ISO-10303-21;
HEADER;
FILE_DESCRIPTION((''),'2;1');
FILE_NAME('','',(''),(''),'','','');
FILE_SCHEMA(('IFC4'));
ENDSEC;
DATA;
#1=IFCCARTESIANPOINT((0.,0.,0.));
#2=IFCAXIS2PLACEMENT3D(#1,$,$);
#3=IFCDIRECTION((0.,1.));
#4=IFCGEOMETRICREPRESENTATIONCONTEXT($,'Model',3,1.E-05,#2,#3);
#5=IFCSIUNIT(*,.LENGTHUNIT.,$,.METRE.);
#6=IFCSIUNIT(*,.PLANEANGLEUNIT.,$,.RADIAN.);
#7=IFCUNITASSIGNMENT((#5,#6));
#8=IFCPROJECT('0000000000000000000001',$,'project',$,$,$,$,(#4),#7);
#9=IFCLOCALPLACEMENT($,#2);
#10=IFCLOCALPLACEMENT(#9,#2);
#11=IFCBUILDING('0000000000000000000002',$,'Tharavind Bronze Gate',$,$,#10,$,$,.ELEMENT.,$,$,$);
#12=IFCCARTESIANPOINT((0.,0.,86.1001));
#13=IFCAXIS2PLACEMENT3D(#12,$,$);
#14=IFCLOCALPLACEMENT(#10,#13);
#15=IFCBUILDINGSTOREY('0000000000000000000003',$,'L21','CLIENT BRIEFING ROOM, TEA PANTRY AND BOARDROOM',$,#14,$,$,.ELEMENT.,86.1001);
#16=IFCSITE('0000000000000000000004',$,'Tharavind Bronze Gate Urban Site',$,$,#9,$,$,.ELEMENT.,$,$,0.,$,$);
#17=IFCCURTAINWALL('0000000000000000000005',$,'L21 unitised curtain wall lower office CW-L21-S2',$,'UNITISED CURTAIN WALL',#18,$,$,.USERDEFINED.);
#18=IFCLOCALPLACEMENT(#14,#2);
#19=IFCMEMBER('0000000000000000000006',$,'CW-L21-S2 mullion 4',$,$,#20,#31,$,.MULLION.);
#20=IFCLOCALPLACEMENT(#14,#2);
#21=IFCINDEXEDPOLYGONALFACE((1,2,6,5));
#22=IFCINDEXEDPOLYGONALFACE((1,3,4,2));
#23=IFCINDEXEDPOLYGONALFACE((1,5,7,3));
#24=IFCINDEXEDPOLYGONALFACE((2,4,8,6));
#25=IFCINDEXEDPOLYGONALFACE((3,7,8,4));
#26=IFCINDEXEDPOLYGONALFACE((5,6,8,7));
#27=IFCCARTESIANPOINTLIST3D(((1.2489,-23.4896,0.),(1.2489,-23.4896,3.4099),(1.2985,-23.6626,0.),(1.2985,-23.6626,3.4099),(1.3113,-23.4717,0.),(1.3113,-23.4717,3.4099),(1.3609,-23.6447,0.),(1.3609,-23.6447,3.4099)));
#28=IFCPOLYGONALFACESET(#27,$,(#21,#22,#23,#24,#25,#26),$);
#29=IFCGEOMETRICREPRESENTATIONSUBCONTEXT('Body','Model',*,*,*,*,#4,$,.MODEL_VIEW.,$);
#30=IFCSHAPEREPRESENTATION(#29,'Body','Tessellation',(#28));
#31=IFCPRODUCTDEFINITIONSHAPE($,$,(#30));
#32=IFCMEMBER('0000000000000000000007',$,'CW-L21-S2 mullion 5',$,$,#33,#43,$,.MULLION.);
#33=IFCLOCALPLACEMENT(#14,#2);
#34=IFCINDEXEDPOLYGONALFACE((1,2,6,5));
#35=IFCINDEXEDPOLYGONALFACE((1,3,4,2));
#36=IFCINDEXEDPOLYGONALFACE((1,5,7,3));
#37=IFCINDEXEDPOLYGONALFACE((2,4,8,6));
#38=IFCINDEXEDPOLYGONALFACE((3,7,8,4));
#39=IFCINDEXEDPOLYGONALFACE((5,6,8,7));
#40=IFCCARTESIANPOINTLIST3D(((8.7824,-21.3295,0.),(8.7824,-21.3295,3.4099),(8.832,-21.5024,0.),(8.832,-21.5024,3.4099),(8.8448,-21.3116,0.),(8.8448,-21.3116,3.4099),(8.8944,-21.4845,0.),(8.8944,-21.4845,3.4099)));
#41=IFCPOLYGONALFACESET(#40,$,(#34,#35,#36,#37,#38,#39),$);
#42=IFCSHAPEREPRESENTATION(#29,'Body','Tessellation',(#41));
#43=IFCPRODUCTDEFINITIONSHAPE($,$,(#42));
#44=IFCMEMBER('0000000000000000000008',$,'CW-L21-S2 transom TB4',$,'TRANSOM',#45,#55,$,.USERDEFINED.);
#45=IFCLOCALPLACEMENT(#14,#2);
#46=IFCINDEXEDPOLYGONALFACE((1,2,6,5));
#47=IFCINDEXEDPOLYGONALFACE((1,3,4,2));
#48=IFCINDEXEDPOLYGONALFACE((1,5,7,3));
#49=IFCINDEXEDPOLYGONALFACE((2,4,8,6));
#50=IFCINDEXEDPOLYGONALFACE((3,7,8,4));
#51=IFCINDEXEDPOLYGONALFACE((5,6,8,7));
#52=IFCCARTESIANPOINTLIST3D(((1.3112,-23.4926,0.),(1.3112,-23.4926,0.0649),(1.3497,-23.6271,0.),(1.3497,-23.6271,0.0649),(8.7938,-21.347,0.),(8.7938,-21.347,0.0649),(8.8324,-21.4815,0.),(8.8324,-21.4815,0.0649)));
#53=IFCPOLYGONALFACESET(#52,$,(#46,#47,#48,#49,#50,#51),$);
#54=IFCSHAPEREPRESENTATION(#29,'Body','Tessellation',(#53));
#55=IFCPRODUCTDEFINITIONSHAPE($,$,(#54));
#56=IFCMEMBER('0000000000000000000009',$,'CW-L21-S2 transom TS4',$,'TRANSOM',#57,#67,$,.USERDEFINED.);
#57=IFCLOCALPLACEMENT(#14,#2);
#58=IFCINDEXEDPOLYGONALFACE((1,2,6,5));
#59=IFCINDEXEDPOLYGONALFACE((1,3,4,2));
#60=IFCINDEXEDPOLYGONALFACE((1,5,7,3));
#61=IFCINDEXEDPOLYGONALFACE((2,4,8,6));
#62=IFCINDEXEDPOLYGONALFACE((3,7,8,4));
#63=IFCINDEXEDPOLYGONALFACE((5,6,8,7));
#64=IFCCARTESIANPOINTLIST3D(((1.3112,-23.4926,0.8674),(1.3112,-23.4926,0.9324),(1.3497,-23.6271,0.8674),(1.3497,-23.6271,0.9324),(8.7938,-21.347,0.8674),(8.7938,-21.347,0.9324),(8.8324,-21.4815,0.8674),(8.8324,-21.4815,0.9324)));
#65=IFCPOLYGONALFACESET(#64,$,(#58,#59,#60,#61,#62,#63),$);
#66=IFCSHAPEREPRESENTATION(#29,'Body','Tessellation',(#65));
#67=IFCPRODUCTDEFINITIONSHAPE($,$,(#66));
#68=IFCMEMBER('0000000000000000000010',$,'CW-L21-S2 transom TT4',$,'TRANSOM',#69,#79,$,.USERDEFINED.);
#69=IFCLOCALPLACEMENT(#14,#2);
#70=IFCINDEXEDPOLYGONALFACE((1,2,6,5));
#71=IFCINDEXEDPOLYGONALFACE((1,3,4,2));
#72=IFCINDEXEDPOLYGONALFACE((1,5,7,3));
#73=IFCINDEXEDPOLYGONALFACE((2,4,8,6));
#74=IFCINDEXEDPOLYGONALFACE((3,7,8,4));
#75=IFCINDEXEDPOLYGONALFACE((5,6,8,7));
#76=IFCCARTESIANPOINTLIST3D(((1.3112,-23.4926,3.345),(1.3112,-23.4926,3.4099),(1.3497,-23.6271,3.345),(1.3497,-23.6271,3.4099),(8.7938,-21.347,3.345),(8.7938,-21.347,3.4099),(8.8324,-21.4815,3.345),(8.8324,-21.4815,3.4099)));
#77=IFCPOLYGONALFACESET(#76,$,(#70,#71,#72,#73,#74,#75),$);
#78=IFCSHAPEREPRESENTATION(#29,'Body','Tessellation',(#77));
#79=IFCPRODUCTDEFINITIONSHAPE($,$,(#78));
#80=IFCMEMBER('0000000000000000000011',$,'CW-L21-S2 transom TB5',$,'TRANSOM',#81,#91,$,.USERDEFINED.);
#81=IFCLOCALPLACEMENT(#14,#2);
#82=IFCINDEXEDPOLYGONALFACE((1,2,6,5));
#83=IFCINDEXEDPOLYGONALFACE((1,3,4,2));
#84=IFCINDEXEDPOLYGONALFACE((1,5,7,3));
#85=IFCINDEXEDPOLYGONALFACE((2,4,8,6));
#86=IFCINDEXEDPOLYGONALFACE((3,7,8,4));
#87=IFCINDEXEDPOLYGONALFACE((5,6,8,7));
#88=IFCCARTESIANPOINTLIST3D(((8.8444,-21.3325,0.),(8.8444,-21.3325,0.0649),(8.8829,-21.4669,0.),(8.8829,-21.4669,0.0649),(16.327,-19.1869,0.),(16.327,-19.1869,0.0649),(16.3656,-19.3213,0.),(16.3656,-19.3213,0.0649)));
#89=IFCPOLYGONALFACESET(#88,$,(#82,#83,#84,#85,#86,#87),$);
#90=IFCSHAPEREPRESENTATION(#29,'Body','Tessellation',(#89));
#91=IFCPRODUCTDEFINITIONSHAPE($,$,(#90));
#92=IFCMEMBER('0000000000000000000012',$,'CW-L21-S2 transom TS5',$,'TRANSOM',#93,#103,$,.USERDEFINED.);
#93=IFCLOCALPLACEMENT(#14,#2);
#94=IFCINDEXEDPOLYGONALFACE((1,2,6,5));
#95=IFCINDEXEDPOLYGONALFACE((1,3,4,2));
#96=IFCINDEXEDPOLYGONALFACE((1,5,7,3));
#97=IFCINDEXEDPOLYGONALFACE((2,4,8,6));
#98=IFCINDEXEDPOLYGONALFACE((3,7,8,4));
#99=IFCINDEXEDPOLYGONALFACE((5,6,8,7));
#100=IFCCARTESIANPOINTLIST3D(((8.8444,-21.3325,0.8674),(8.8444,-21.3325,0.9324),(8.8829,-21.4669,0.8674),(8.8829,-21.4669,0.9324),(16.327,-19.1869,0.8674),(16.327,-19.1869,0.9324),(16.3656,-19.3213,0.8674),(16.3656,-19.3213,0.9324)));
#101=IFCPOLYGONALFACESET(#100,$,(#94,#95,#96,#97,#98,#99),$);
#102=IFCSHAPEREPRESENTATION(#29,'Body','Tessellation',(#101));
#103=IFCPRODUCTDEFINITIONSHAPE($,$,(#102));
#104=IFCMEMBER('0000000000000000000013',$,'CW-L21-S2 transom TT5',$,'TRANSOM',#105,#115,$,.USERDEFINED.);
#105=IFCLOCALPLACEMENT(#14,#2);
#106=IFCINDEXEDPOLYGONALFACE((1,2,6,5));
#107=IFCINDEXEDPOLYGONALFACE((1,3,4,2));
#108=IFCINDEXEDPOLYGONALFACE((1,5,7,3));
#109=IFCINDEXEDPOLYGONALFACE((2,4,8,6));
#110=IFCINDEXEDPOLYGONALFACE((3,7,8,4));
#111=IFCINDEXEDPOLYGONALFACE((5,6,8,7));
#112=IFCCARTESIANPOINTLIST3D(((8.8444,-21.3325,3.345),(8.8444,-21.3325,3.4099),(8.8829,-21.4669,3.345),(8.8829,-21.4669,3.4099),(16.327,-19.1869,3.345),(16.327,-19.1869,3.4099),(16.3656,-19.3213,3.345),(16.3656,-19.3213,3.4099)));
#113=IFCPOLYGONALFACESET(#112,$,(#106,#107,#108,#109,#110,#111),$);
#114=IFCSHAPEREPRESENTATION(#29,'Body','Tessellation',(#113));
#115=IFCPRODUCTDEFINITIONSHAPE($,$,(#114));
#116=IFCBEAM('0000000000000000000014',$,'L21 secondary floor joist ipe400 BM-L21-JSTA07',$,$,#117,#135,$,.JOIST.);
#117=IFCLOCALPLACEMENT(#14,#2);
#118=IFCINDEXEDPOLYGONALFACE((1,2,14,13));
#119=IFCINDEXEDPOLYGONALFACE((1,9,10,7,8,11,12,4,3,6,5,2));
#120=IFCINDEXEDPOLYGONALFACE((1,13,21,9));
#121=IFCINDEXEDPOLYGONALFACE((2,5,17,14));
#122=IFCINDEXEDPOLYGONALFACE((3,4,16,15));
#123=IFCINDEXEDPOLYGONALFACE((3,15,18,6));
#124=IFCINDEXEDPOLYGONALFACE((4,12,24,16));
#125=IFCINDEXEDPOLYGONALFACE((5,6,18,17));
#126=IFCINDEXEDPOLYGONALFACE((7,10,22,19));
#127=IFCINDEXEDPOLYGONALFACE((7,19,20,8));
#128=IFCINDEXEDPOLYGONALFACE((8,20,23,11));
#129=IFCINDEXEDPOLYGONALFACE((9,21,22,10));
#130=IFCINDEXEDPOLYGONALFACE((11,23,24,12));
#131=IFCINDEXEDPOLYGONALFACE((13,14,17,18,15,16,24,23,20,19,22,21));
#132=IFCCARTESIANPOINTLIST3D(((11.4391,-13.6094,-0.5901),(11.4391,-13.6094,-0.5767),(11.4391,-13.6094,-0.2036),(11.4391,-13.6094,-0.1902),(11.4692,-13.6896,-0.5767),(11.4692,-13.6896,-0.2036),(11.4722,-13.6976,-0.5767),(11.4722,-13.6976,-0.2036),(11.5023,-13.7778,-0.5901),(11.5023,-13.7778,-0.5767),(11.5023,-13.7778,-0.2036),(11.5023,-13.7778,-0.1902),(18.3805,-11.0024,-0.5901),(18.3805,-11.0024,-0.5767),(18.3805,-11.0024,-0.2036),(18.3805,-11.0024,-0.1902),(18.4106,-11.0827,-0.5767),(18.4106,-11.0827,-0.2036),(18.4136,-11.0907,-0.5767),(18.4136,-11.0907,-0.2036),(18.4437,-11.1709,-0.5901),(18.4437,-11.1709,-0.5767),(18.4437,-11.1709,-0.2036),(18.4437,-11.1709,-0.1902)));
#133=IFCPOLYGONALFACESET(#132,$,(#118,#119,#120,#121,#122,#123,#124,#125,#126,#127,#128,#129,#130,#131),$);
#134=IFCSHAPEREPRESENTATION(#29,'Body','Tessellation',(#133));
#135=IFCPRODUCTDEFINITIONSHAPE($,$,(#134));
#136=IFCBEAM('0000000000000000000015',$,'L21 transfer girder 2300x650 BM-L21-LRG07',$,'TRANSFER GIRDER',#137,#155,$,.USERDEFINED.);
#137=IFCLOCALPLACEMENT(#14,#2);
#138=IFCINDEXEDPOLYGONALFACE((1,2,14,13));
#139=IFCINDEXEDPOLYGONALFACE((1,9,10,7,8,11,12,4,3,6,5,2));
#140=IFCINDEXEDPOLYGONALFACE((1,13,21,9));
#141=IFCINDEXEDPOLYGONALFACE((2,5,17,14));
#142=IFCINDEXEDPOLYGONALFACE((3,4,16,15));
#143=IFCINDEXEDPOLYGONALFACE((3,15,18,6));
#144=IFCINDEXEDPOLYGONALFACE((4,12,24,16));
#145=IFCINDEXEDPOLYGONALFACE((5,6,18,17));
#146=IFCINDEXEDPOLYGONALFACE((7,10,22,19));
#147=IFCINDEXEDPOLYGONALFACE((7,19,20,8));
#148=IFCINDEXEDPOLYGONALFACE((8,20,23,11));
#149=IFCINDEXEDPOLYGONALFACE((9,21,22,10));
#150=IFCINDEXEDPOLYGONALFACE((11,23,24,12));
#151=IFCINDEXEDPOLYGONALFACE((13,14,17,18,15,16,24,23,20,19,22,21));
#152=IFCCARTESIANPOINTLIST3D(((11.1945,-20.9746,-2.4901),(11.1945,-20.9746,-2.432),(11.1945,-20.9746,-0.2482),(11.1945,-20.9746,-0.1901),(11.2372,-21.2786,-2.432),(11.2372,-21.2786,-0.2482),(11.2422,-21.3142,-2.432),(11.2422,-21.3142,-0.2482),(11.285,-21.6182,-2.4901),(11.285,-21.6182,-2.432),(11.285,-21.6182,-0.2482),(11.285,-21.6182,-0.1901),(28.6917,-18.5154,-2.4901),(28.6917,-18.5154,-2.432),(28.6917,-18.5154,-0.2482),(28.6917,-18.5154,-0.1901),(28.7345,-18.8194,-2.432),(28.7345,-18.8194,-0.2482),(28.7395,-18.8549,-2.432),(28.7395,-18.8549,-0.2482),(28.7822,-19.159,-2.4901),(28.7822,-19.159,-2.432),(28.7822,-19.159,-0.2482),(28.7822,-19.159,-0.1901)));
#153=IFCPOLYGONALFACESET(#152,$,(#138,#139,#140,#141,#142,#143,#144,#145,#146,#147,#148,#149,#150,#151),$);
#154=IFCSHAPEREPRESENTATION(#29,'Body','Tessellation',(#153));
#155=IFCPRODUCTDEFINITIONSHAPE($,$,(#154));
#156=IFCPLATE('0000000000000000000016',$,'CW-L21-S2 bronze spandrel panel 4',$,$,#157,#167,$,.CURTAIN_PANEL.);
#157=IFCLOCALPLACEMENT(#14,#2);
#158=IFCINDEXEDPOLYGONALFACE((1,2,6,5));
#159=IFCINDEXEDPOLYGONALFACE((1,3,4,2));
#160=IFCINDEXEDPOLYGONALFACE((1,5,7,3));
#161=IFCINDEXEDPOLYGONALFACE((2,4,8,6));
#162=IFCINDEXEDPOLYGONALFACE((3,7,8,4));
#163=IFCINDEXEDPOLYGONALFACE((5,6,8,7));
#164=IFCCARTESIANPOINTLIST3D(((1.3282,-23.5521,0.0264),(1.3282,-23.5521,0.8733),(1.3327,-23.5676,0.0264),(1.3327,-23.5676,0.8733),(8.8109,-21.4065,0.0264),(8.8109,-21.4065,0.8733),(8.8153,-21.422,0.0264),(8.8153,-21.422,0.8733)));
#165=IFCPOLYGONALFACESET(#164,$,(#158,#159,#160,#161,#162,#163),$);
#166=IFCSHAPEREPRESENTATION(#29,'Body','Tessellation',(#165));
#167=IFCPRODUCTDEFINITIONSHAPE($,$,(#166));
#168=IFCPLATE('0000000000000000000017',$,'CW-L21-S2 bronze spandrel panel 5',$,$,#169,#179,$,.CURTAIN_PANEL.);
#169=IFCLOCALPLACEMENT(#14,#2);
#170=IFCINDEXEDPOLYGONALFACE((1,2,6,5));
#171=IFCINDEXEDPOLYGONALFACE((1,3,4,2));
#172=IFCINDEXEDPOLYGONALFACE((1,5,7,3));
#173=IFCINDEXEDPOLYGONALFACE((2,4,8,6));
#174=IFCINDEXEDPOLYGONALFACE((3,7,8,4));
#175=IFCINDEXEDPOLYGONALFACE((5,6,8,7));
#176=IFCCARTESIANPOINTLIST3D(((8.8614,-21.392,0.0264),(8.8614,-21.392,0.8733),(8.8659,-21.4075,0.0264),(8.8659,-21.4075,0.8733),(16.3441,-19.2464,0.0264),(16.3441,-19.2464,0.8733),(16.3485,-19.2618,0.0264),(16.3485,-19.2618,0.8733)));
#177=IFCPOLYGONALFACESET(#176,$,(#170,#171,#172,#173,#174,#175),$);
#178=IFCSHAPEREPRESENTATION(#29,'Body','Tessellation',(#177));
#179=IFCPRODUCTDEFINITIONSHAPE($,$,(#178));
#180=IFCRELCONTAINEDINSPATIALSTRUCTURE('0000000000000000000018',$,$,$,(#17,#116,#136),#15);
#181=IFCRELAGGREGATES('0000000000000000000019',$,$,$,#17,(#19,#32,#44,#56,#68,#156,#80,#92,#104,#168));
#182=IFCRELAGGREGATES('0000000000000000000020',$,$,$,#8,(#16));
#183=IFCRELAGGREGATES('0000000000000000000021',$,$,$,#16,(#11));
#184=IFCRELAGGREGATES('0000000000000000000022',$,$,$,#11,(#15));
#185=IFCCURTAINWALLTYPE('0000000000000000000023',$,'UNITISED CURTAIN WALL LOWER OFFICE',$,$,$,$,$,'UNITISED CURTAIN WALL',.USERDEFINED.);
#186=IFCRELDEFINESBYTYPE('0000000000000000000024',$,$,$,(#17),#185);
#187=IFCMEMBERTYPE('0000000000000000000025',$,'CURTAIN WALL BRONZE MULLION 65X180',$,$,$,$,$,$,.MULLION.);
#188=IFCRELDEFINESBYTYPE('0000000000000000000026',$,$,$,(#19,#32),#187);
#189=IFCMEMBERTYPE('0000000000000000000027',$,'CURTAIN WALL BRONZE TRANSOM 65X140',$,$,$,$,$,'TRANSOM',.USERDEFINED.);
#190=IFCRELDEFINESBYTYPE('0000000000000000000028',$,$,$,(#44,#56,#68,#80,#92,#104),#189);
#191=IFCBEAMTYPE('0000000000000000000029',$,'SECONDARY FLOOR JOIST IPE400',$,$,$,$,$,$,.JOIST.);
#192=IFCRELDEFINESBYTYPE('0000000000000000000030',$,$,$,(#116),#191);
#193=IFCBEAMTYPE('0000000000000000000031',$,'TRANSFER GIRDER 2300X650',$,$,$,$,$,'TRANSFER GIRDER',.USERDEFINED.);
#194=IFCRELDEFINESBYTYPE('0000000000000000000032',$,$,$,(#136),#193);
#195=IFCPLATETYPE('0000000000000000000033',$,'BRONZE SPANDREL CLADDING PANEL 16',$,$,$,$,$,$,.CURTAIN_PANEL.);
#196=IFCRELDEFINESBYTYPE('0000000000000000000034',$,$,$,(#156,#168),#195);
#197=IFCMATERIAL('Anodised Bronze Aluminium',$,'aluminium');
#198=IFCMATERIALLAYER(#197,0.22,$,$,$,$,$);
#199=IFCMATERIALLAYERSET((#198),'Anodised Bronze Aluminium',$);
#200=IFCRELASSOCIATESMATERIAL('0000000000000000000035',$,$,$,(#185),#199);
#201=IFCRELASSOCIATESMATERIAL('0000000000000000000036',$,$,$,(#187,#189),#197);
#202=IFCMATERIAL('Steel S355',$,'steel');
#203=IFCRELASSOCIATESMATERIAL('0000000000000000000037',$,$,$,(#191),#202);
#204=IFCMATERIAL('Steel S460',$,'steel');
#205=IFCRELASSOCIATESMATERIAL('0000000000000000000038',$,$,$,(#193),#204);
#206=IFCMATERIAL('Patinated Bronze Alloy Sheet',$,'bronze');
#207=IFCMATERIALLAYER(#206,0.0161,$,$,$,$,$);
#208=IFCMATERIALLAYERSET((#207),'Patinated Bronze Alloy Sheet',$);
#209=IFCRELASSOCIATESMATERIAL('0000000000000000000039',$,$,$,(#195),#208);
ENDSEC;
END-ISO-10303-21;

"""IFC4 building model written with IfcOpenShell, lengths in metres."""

from ifc_helpers import new_model, si_unit, direction, frame, origin, origin_2d, place, context, subcontext, project, spatial, rectangle, i_section, extrude, material, layer, layer_set, material_profile, profile_set, type_object, element, aggregate, save


model = new_model("IFC4")

# Units and contexts
model_context = context("Model", 3, precision=1e-05, world=origin(), true_north=direction((0.0, 1.0)))
body_context = subcontext(model_context, "Body", "Model", "MODEL_VIEW")
ifc_project = project(units=[si_unit("LENGTHUNIT", "METRE"), si_unit("PLANEANGLEUNIT", "RADIAN")], contexts=[model_context])

# Site, building, storey
site_placement = place(None, origin())
site = spatial("IfcSite", under=ifc_project, at=site_placement, Name="Tharavind Bronze Gate Urban Site", CompositionType="ELEMENT", RefElevation=0.0)
building_placement = place(site_placement, origin())
building = spatial("IfcBuilding", under=site, at=building_placement, Name="Tharavind Bronze Gate", CompositionType="ELEMENT")
storey_placement = place(building_placement, frame((0.0, 0.0, 86.1001)))
storey = spatial("IfcBuildingStorey", under=building, at=storey_placement, Name="L21", Description="CLIENT BRIEFING ROOM, TEA PANTRY AND BOARDROOM", CompositionType="ELEMENT", Elevation=86.1001)

# Curtain wall, members
ifc_material_1 = material(Name="Anodised Bronze Aluminium", Category="aluminium")
ifc_layer_1 = layer(ifc_material_1, 0.22)
ifc_layer_set_1 = layer_set([ifc_layer_1], Name="Anodised Bronze Aluminium")
curtain_wall_type = type_object("IfcCurtainWallType", Name="UNITISED CURTAIN WALL LOWER OFFICE", ElementType="UNITISED CURTAIN WALL", PredefinedType="USERDEFINED", material=ifc_layer_set_1)
curtain_wall_placement = place(storey_placement, origin())
curtain_wall = element("IfcCurtainWall", 1, at=curtain_wall_placement, inside=storey, type_object=curtain_wall_type, Name="L21 unitised curtain wall lower office CW-L21-S2", ObjectType="UNITISED CURTAIN WALL", PredefinedType="USERDEFINED")
member_type_1 = type_object("IfcMemberType", Name="CURTAIN WALL BRONZE MULLION 65X180", PredefinedType="MULLION", material=ifc_material_1)
member_1_placement = place(storey_placement, frame((1.3049, -23.5671, 0.0), z_axis=(0.0, 0.0, 1.0), x_axis=(0.961262, 0.275637, 0.0)))
member_1 = element("IfcMember", 2, at=member_1_placement, type_object=member_type_1, Name="CW-L21-S2 mullion 4", PredefinedType="MULLION", context=body_context, shape_type="SweptSolid", body=[
    extrude(rectangle(XDim=0.0649, YDim=0.1799, at=origin_2d()), origin(), (0.0, 0.0, 1.0), 3.4099),
])
member_2_placement = place(storey_placement, frame((8.8384, -21.407, 0.0), z_axis=(0.0, 0.0, 1.0), x_axis=(0.961262, 0.275637, 0.0)))
member_2 = element("IfcMember", 3, at=member_2_placement, type_object=member_type_1, Name="CW-L21-S2 mullion 5", PredefinedType="MULLION", context=body_context, shape_type="SweptSolid", body=[
    extrude(rectangle(XDim=0.0649, YDim=0.1799, at=origin_2d()), origin(), (0.0, 0.0, 1.0), 3.4099),
])
member_type_2 = type_object("IfcMemberType", Name="CURTAIN WALL BRONZE TRANSOM 65X140", ElementType="TRANSOM", PredefinedType="USERDEFINED", material=ifc_material_1)
member_3_placement = place(storey_placement, frame((5.0718, -22.4871, 0.0), z_axis=(0.0, 0.0, 1.0), x_axis=(0.961262, 0.275637, 0.0)))
member_3 = element("IfcMember", 4, at=member_3_placement, type_object=member_type_2, Name="CW-L21-S2 transom TB4", ObjectType="TRANSOM", PredefinedType="USERDEFINED", context=body_context, shape_type="SweptSolid", body=[
    extrude(rectangle(XDim=7.7842, YDim=0.1399, at=origin_2d()), origin(), (0.0, 0.0, 1.0), 0.0649),
])
member_4_placement = place(storey_placement, frame((5.0718, -22.4871, 0.8674), z_axis=(0.0, 0.0, 1.0), x_axis=(0.961262, 0.275637, 0.0)))
member_4 = element("IfcMember", 5, at=member_4_placement, type_object=member_type_2, Name="CW-L21-S2 transom TS4", ObjectType="TRANSOM", PredefinedType="USERDEFINED", context=body_context, shape_type="SweptSolid", body=[
    extrude(rectangle(XDim=7.7842, YDim=0.1399, at=origin_2d()), origin(), (0.0, 0.0, 1.0), 0.0649),
])
member_5_placement = place(storey_placement, frame((5.0718, -22.4871, 3.345), z_axis=(0.0, 0.0, 1.0), x_axis=(0.961262, 0.275637, 0.0)))
member_5 = element("IfcMember", 6, at=member_5_placement, type_object=member_type_2, Name="CW-L21-S2 transom TT4", ObjectType="TRANSOM", PredefinedType="USERDEFINED", context=body_context, shape_type="SweptSolid", body=[
    extrude(rectangle(XDim=7.7842, YDim=0.1399, at=origin_2d()), origin(), (0.0, 0.0, 1.0), 0.0649),
])
member_6_placement = place(storey_placement, frame((12.605, -20.3269, 0.0), z_axis=(0.0, 0.0, 1.0), x_axis=(0.961262, 0.275637, 0.0)))
member_6 = element("IfcMember", 7, at=member_6_placement, type_object=member_type_2, Name="CW-L21-S2 transom TB5", ObjectType="TRANSOM", PredefinedType="USERDEFINED", context=body_context, shape_type="SweptSolid", body=[
    extrude(rectangle(XDim=7.7842, YDim=0.1399, at=origin_2d()), origin(), (0.0, 0.0, 1.0), 0.0649),
])
member_7_placement = place(storey_placement, frame((12.605, -20.3269, 0.8674), z_axis=(0.0, 0.0, 1.0), x_axis=(0.961262, 0.275637, 0.0)))
member_7 = element("IfcMember", 8, at=member_7_placement, type_object=member_type_2, Name="CW-L21-S2 transom TS5", ObjectType="TRANSOM", PredefinedType="USERDEFINED", context=body_context, shape_type="SweptSolid", body=[
    extrude(rectangle(XDim=7.7842, YDim=0.1399, at=origin_2d()), origin(), (0.0, 0.0, 1.0), 0.0649),
])
member_8_placement = place(storey_placement, frame((12.605, -20.3269, 3.345), z_axis=(0.0, 0.0, 1.0), x_axis=(0.961262, 0.275637, 0.0)))
member_8 = element("IfcMember", 9, at=member_8_placement, type_object=member_type_2, Name="CW-L21-S2 transom TT5", ObjectType="TRANSOM", PredefinedType="USERDEFINED", context=body_context, shape_type="SweptSolid", body=[
    extrude(rectangle(XDim=7.7842, YDim=0.1399, at=origin_2d()), origin(), (0.0, 0.0, 1.0), 0.0649),
])

# Beams
ifc_material_2 = material(Name="Steel S355", Category="steel")
ifc_material_profile_1 = material_profile(ifc_material_2, i_section(OverallWidth=0.1799, OverallDepth=0.3999, WebThickness=0.0085, FlangeThickness=0.0134, at=origin_2d()), Name="IPE400")
ifc_profile_set_1 = profile_set([ifc_material_profile_1], Name="Steel S355")
beam_type_1 = type_object("IfcBeamType", Name="SECONDARY FLOOR JOIST IPE400", PredefinedType="JOIST", material=ifc_profile_set_1)
beam_1_placement = place(storey_placement, frame((11.4707, -13.6936, -0.3901), z_axis=(0.936156, 0.351585, 0.0), x_axis=(-0.351585, 0.936156, 0.0)))
element("IfcBeam", 10, at=beam_1_placement, inside=storey, type_object=beam_type_1, Name="L21 secondary floor joist ipe400 BM-L21-JSTA07", PredefinedType="JOIST", context=body_context, shape_type="SweptSolid", body=[
    extrude(i_section(OverallWidth=0.1799, OverallDepth=0.3999, WebThickness=0.0085, FlangeThickness=0.0134, at=origin_2d()), origin(), (0.0, 0.0, 1.0), 7.4148),
])
ifc_material_3 = material(Name="Steel S460", Category="steel")
ifc_material_profile_2 = material_profile(ifc_material_3, i_section(OverallWidth=0.6499, OverallDepth=2.3, WebThickness=0.0359, FlangeThickness=0.0581, at=origin_2d()), Name="PG2300X650")
ifc_profile_set_2 = profile_set([ifc_material_profile_2], Name="Steel S460")
beam_type_2 = type_object("IfcBeamType", Name="TRANSFER GIRDER 2300X650", ElementType="TRANSFER GIRDER", PredefinedType="USERDEFINED", material=ifc_profile_set_2)
beam_2_placement = place(storey_placement, frame((11.2397, -21.2964, -1.3401), z_axis=(0.990267, 0.139181, 0.0), x_axis=(-0.139181, 0.990267, 0.0)))
element("IfcBeam", 11, at=beam_2_placement, inside=storey, type_object=beam_type_2, Name="L21 transfer girder 2300x650 BM-L21-LRG07", ObjectType="TRANSFER GIRDER", PredefinedType="USERDEFINED", context=body_context, shape_type="SweptSolid", body=[
    extrude(i_section(OverallWidth=0.6499, OverallDepth=2.3, WebThickness=0.0359, FlangeThickness=0.0581, at=origin_2d()), origin(), (0.0, 0.0, 1.0), 17.6692),
])

# Plates
ifc_material_4 = material(Name="Patinated Bronze Alloy Sheet", Category="bronze")
ifc_layer_2 = layer(ifc_material_4, 0.0161)
ifc_layer_set_2 = layer_set([ifc_layer_2], Name="Patinated Bronze Alloy Sheet")
plate_type_1 = type_object("IfcPlateType", Name="BRONZE SPANDREL CLADDING PANEL 16", PredefinedType="CURTAIN_PANEL", material=ifc_layer_set_2)
plate_1_placement = place(storey_placement, frame((5.0718, -22.4871, 0.0264), z_axis=(0.0, 0.0, 1.0), x_axis=(0.961262, 0.275637, 0.0)))
plate_1 = element("IfcPlate", 12, at=plate_1_placement, type_object=plate_type_1, Name="CW-L21-S2 bronze spandrel panel 4", PredefinedType="CURTAIN_PANEL", context=body_context, shape_type="SweptSolid", body=[
    extrude(rectangle(XDim=7.7842, YDim=0.0161, at=origin_2d()), origin(), (0.0, 0.0, 1.0), 0.8469),
])
plate_2_placement = place(storey_placement, frame((12.605, -20.3269, 0.0264), z_axis=(0.0, 0.0, 1.0), x_axis=(0.961262, 0.275637, 0.0)))
plate_2 = element("IfcPlate", 13, at=plate_2_placement, type_object=plate_type_1, Name="CW-L21-S2 bronze spandrel panel 5", PredefinedType="CURTAIN_PANEL", context=body_context, shape_type="SweptSolid", body=[
    extrude(rectangle(XDim=7.7842, YDim=0.0161, at=origin_2d()), origin(), (0.0, 0.0, 1.0), 0.8469),
])
aggregate(curtain_wall, [member_1, member_2, member_3, member_4, member_5, plate_1, member_6, member_7, member_8, plate_2])

save(model, "model.ifc")
